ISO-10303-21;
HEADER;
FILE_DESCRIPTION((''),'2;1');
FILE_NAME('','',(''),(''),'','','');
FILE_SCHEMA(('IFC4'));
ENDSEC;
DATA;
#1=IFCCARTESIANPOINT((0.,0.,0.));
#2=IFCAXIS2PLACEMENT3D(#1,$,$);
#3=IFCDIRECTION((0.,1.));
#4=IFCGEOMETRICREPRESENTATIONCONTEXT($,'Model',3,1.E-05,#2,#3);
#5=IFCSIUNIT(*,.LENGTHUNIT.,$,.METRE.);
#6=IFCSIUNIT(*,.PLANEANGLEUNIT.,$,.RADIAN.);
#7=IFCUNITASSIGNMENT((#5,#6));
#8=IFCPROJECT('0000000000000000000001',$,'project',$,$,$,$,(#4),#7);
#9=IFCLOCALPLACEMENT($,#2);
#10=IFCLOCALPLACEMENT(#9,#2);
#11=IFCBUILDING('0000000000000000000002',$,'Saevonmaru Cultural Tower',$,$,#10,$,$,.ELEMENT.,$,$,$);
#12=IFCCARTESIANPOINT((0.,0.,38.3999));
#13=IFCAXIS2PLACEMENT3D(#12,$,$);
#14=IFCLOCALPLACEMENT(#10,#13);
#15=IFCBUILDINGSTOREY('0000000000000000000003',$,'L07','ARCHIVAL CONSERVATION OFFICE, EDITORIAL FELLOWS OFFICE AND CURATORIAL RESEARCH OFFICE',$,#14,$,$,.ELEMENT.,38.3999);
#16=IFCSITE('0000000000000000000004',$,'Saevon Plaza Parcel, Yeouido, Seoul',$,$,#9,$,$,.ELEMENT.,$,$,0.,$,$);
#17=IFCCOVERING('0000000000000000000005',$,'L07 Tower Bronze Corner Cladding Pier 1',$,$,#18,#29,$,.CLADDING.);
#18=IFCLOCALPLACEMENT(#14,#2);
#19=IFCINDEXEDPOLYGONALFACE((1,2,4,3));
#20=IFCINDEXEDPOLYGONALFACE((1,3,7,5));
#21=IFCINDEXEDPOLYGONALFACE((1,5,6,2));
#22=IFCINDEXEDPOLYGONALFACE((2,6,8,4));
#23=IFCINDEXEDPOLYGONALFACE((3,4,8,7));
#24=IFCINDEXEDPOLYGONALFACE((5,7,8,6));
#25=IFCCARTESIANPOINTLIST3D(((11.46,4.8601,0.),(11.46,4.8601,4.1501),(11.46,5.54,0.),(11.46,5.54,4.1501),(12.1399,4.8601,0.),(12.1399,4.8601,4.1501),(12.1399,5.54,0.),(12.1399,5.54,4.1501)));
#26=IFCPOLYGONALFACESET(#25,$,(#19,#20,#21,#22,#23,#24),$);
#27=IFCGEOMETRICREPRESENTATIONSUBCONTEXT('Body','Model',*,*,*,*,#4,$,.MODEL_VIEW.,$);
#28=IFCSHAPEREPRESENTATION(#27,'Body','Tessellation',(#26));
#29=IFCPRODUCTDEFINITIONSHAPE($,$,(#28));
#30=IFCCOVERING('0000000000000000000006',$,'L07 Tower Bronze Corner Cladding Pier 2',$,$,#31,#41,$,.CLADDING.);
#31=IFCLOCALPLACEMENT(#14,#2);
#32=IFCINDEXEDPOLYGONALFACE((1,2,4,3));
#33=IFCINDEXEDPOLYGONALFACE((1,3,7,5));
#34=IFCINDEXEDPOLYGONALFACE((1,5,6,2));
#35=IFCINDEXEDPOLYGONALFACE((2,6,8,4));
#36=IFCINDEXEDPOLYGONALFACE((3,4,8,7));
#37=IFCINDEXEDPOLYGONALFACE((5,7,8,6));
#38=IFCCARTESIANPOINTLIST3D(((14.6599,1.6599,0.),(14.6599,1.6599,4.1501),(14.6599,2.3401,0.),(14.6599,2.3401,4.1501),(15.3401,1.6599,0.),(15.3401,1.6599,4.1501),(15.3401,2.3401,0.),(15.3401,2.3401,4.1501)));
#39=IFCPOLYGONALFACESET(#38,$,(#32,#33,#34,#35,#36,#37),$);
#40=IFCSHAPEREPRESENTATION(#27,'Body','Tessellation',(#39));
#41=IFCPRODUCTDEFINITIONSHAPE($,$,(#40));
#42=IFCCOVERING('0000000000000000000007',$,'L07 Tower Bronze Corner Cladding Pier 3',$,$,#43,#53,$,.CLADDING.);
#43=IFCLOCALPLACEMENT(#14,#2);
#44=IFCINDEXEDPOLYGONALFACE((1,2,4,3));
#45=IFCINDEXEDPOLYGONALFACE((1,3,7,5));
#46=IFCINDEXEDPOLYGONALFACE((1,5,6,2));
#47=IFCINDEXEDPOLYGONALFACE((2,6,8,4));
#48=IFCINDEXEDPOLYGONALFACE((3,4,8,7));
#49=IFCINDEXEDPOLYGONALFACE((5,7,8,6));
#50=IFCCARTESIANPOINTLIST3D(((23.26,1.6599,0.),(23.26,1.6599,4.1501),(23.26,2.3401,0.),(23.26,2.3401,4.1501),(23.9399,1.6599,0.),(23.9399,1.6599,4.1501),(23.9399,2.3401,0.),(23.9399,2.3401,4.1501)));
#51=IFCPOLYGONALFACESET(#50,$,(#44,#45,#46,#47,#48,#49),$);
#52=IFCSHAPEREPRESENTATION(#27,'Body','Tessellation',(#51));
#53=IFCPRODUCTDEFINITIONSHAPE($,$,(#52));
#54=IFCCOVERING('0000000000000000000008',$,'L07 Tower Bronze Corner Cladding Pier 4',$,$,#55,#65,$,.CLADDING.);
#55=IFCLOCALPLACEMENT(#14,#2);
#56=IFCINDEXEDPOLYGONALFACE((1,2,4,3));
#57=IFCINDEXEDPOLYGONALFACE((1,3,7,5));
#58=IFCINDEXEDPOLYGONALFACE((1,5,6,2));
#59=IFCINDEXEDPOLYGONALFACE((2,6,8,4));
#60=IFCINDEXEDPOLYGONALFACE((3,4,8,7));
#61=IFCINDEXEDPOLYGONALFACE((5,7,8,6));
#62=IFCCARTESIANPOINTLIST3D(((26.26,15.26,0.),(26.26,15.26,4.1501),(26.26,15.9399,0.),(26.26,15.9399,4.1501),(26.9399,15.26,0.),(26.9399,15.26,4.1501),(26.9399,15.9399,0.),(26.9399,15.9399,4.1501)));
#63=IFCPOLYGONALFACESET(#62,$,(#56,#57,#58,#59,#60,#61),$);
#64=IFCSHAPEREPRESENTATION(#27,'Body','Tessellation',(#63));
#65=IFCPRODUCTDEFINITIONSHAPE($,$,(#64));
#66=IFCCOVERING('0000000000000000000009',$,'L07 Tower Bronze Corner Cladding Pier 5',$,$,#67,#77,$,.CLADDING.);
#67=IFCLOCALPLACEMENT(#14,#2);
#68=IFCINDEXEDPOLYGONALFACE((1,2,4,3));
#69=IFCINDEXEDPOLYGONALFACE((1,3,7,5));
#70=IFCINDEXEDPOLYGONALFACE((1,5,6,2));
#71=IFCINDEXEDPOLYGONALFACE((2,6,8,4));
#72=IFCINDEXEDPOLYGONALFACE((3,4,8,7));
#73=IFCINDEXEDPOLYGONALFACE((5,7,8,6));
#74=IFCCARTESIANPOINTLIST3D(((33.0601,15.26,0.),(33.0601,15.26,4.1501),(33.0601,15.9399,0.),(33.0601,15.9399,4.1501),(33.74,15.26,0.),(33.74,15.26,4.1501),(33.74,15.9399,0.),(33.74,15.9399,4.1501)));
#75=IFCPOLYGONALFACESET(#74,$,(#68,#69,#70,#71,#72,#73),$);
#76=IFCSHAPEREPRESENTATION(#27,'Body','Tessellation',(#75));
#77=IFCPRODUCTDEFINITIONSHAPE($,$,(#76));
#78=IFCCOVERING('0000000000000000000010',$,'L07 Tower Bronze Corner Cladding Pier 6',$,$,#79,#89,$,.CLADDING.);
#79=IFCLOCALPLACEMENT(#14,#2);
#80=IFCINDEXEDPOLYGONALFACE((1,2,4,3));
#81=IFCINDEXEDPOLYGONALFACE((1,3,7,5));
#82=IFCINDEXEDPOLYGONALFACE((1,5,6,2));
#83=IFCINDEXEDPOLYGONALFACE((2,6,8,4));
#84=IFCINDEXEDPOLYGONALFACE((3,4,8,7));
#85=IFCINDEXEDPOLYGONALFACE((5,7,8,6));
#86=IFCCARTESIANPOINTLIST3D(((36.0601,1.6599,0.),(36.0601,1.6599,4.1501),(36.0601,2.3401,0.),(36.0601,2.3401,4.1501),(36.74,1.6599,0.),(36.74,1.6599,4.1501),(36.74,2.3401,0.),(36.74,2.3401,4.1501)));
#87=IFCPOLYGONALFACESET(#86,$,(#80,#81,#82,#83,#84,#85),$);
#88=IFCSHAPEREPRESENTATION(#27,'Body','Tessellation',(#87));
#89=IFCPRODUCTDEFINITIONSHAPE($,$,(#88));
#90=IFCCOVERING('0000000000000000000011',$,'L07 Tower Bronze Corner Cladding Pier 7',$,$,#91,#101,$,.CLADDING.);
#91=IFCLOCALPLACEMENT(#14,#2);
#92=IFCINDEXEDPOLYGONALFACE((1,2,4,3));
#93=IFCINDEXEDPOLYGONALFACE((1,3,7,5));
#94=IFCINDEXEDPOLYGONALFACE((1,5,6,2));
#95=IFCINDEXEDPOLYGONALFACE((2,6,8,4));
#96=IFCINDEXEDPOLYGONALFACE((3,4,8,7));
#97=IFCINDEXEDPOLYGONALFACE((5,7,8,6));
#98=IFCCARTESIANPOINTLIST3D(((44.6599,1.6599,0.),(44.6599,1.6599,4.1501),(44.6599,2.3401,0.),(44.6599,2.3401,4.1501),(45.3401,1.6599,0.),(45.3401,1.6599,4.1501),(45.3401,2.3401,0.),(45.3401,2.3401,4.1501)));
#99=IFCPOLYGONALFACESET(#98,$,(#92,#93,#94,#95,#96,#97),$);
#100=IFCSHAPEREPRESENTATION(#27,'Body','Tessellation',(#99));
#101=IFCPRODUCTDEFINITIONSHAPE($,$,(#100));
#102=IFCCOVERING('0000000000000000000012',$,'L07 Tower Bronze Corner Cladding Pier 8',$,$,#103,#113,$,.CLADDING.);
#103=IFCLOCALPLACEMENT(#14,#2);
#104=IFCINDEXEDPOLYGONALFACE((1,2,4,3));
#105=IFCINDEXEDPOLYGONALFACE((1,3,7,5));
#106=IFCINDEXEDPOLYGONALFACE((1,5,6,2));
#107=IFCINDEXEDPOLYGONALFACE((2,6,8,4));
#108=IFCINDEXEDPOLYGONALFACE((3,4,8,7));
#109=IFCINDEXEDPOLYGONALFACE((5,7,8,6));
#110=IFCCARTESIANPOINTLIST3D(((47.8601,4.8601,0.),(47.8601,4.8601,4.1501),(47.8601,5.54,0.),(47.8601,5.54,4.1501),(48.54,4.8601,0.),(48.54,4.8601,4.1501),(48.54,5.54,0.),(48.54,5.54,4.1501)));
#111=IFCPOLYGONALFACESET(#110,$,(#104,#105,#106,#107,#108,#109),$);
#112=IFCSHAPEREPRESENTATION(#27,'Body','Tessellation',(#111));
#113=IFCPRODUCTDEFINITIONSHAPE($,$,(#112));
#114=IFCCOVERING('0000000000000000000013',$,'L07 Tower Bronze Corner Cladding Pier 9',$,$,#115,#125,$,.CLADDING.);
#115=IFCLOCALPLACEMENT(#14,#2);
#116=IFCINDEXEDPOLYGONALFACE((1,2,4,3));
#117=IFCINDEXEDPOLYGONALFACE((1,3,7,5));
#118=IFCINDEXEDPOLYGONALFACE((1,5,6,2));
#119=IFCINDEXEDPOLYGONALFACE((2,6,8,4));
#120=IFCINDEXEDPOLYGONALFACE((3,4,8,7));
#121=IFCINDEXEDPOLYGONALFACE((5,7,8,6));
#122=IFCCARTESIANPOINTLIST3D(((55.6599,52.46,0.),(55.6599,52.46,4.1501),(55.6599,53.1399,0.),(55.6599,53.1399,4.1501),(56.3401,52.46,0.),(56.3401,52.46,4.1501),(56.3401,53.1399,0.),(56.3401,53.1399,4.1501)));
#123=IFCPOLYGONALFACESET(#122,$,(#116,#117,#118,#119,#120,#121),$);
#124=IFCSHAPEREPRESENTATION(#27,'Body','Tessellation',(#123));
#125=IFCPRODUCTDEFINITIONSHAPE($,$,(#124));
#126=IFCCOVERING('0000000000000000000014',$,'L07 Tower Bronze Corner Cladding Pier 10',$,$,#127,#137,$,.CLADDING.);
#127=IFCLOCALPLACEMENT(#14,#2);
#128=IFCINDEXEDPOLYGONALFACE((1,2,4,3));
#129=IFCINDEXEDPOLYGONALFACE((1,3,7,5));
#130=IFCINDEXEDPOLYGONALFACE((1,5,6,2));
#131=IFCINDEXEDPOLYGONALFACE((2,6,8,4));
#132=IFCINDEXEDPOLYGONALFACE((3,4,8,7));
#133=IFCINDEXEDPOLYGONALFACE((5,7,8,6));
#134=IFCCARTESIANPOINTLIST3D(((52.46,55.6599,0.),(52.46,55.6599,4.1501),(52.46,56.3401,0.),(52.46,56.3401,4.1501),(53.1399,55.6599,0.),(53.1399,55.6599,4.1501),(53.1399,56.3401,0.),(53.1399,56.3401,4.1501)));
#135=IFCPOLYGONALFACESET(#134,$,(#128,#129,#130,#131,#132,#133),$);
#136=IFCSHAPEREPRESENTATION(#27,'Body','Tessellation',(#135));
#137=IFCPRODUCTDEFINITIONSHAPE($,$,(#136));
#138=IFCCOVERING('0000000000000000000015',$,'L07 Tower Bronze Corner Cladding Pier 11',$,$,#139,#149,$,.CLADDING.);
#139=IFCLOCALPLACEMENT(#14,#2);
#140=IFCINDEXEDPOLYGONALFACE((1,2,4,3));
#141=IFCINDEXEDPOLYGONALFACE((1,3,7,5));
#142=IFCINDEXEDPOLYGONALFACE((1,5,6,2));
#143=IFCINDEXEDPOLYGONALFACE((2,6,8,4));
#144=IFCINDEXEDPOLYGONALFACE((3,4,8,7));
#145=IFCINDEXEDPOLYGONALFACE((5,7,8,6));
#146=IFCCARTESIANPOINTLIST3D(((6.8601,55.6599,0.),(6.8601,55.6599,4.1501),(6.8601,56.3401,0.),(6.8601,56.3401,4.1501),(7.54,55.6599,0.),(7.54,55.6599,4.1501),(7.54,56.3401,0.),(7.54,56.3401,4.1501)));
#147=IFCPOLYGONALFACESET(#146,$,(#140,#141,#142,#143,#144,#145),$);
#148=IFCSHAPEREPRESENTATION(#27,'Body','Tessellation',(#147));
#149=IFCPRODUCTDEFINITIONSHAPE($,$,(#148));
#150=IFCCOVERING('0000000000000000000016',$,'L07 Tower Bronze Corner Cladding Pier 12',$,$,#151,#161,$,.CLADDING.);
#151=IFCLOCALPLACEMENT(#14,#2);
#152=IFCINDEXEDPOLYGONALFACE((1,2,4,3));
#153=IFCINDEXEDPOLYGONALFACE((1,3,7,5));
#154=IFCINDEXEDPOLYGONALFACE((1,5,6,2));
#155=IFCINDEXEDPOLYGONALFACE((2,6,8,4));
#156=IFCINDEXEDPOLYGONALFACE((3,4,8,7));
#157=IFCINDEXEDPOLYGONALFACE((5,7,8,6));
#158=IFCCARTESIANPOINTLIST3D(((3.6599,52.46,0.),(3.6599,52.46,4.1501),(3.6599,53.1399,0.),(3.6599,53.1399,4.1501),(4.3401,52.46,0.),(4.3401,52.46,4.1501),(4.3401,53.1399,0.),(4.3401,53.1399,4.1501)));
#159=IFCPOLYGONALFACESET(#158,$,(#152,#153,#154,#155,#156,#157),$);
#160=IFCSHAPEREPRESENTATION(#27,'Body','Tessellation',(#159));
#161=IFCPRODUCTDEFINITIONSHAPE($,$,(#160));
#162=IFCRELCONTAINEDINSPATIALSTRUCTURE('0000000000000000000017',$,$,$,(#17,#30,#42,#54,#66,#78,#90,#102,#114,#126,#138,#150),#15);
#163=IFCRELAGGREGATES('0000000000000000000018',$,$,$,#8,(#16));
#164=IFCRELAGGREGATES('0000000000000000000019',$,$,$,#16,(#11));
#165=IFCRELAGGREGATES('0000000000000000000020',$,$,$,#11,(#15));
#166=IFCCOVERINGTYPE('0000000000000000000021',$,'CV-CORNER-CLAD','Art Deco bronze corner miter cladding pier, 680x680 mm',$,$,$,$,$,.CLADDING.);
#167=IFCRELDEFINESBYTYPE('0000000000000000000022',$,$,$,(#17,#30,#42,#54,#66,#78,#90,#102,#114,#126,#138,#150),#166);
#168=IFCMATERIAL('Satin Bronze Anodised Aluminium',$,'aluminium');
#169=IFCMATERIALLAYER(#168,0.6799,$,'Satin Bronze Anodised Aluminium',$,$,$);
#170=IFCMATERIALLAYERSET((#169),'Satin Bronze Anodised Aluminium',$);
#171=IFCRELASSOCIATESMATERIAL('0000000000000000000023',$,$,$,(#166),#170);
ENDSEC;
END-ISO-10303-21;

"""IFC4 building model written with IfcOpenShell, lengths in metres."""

from ifc_helpers import new_model, si_unit, direction, frame, origin, place, context, subcontext, project, spatial, polyline, outline, extrude, material, layer, layer_set, type_object, element, save


model = new_model("IFC4")

# Units and contexts
model_context = context("Model", 3, precision=1e-05, world=origin(), true_north=direction((0.0, 1.0)))
body_context = subcontext(model_context, "Body", "Model", "MODEL_VIEW")
ifc_project = project(units=[si_unit("LENGTHUNIT", "METRE"), si_unit("PLANEANGLEUNIT", "RADIAN")], contexts=[model_context])

# Site, building, storey
site_placement = place(None, origin())
site = spatial("IfcSite", under=ifc_project, at=site_placement, Name="Saevon Plaza Parcel, Yeouido, Seoul", CompositionType="ELEMENT", RefElevation=0.0)
building_placement = place(site_placement, origin())
building = spatial("IfcBuilding", under=site, at=building_placement, Name="Saevonmaru Cultural Tower", CompositionType="ELEMENT")
storey_placement = place(building_placement, frame((0.0, 0.0, 38.3999)))
storey = spatial("IfcBuildingStorey", under=building, at=storey_placement, Name="L07", Description="ARCHIVAL CONSERVATION OFFICE, EDITORIAL FELLOWS OFFICE AND CURATORIAL RESEARCH OFFICE", CompositionType="ELEMENT", Elevation=38.3999)

# Shared definitions
ifc_material_1 = material(Name="Satin Bronze Anodised Aluminium", Category="aluminium")

# Coverings
ifc_layer_1 = layer(ifc_material_1, 0.6799, Name="Satin Bronze Anodised Aluminium")
ifc_layer_set_1 = layer_set([ifc_layer_1], Name="Satin Bronze Anodised Aluminium")
covering_type_1 = type_object("IfcCoveringType", Name="CV-CORNER-CLAD", Description="Art Deco bronze corner miter cladding pier, 680x680 mm", PredefinedType="CLADDING", material=ifc_layer_set_1)
covering_1_placement = place(storey_placement, origin())
element("IfcCovering", 1, at=covering_1_placement, inside=storey, type_object=covering_type_1, Name="L07 Tower Bronze Corner Cladding Pier 1", PredefinedType="CLADDING", context=body_context, shape_type="SweptSolid", body=[
    extrude(outline(polyline([(11.46, 4.8601), (12.1399, 4.8601), (12.1399, 5.54), (11.46, 5.54), (11.46, 4.8601)])), origin(), (0.0, 0.0, 1.0), 4.1501),
])
covering_2_placement = place(storey_placement, origin())
element("IfcCovering", 2, at=covering_2_placement, inside=storey, type_object=covering_type_1, Name="L07 Tower Bronze Corner Cladding Pier 2", PredefinedType="CLADDING", context=body_context, shape_type="SweptSolid", body=[
    extrude(outline(polyline([(14.6599, 1.6599), (15.3401, 1.6599), (15.3401, 2.3401), (14.6599, 2.3401), (14.6599, 1.6599)])), origin(), (0.0, 0.0, 1.0), 4.1501),
])
covering_3_placement = place(storey_placement, origin())
element("IfcCovering", 3, at=covering_3_placement, inside=storey, type_object=covering_type_1, Name="L07 Tower Bronze Corner Cladding Pier 3", PredefinedType="CLADDING", context=body_context, shape_type="SweptSolid", body=[
    extrude(outline(polyline([(23.26, 1.6599), (23.9399, 1.6599), (23.9399, 2.3401), (23.26, 2.3401), (23.26, 1.6599)])), origin(), (0.0, 0.0, 1.0), 4.1501),
])
covering_4_placement = place(storey_placement, origin())
element("IfcCovering", 4, at=covering_4_placement, inside=storey, type_object=covering_type_1, Name="L07 Tower Bronze Corner Cladding Pier 4", PredefinedType="CLADDING", context=body_context, shape_type="SweptSolid", body=[
    extrude(outline(polyline([(26.26, 15.26), (26.9399, 15.26), (26.9399, 15.9399), (26.26, 15.9399), (26.26, 15.26)])), origin(), (0.0, 0.0, 1.0), 4.1501),
])
covering_5_placement = place(storey_placement, origin())
element("IfcCovering", 5, at=covering_5_placement, inside=storey, type_object=covering_type_1, Name="L07 Tower Bronze Corner Cladding Pier 5", PredefinedType="CLADDING", context=body_context, shape_type="SweptSolid", body=[
    extrude(outline(polyline([(33.0601, 15.26), (33.74, 15.26), (33.74, 15.9399), (33.0601, 15.9399), (33.0601, 15.26)])), origin(), (0.0, 0.0, 1.0), 4.1501),
])
covering_6_placement = place(storey_placement, origin())
element("IfcCovering", 6, at=covering_6_placement, inside=storey, type_object=covering_type_1, Name="L07 Tower Bronze Corner Cladding Pier 6", PredefinedType="CLADDING", context=body_context, shape_type="SweptSolid", body=[
    extrude(outline(polyline([(36.0601, 1.6599), (36.74, 1.6599), (36.74, 2.3401), (36.0601, 2.3401), (36.0601, 1.6599)])), origin(), (0.0, 0.0, 1.0), 4.1501),
])
covering_7_placement = place(storey_placement, origin())
element("IfcCovering", 7, at=covering_7_placement, inside=storey, type_object=covering_type_1, Name="L07 Tower Bronze Corner Cladding Pier 7", PredefinedType="CLADDING", context=body_context, shape_type="SweptSolid", body=[
    extrude(outline(polyline([(44.6599, 1.6599), (45.3401, 1.6599), (45.3401, 2.3401), (44.6599, 2.3401), (44.6599, 1.6599)])), origin(), (0.0, 0.0, 1.0), 4.1501),
])
covering_8_placement = place(storey_placement, origin())
element("IfcCovering", 8, at=covering_8_placement, inside=storey, type_object=covering_type_1, Name="L07 Tower Bronze Corner Cladding Pier 8", PredefinedType="CLADDING", context=body_context, shape_type="SweptSolid", body=[
    extrude(outline(polyline([(47.8601, 4.8601), (48.54, 4.8601), (48.54, 5.54), (47.8601, 5.54), (47.8601, 4.8601)])), origin(), (0.0, 0.0, 1.0), 4.1501),
])
covering_9_placement = place(storey_placement, origin())
element("IfcCovering", 9, at=covering_9_placement, inside=storey, type_object=covering_type_1, Name="L07 Tower Bronze Corner Cladding Pier 9", PredefinedType="CLADDING", context=body_context, shape_type="SweptSolid", body=[
    extrude(outline(polyline([(55.6599, 52.46), (56.3401, 52.46), (56.3401, 53.1399), (55.6599, 53.1399), (55.6599, 52.46)])), origin(), (0.0, 0.0, 1.0), 4.1501),
])
covering_10_placement = place(storey_placement, origin())
element("IfcCovering", 10, at=covering_10_placement, inside=storey, type_object=covering_type_1, Name="L07 Tower Bronze Corner Cladding Pier 10", PredefinedType="CLADDING", context=body_context, shape_type="SweptSolid", body=[
    extrude(outline(polyline([(52.46, 55.6599), (53.1399, 55.6599), (53.1399, 56.3401), (52.46, 56.3401), (52.46, 55.6599)])), origin(), (0.0, 0.0, 1.0), 4.1501),
])
covering_11_placement = place(storey_placement, origin())
element("IfcCovering", 11, at=covering_11_placement, inside=storey, type_object=covering_type_1, Name="L07 Tower Bronze Corner Cladding Pier 11", PredefinedType="CLADDING", context=body_context, shape_type="SweptSolid", body=[
    extrude(outline(polyline([(6.8601, 55.6599), (7.54, 55.6599), (7.54, 56.3401), (6.8601, 56.3401), (6.8601, 55.6599)])), origin(), (0.0, 0.0, 1.0), 4.1501),
])
covering_12_placement = place(storey_placement, origin())
element("IfcCovering", 12, at=covering_12_placement, inside=storey, type_object=covering_type_1, Name="L07 Tower Bronze Corner Cladding Pier 12", PredefinedType="CLADDING", context=body_context, shape_type="SweptSolid", body=[
    extrude(outline(polyline([(3.6599, 52.46), (4.3401, 52.46), (4.3401, 53.1399), (3.6599, 53.1399), (3.6599, 52.46)])), origin(), (0.0, 0.0, 1.0), 4.1501),
])

save(model, "model.ifc")
